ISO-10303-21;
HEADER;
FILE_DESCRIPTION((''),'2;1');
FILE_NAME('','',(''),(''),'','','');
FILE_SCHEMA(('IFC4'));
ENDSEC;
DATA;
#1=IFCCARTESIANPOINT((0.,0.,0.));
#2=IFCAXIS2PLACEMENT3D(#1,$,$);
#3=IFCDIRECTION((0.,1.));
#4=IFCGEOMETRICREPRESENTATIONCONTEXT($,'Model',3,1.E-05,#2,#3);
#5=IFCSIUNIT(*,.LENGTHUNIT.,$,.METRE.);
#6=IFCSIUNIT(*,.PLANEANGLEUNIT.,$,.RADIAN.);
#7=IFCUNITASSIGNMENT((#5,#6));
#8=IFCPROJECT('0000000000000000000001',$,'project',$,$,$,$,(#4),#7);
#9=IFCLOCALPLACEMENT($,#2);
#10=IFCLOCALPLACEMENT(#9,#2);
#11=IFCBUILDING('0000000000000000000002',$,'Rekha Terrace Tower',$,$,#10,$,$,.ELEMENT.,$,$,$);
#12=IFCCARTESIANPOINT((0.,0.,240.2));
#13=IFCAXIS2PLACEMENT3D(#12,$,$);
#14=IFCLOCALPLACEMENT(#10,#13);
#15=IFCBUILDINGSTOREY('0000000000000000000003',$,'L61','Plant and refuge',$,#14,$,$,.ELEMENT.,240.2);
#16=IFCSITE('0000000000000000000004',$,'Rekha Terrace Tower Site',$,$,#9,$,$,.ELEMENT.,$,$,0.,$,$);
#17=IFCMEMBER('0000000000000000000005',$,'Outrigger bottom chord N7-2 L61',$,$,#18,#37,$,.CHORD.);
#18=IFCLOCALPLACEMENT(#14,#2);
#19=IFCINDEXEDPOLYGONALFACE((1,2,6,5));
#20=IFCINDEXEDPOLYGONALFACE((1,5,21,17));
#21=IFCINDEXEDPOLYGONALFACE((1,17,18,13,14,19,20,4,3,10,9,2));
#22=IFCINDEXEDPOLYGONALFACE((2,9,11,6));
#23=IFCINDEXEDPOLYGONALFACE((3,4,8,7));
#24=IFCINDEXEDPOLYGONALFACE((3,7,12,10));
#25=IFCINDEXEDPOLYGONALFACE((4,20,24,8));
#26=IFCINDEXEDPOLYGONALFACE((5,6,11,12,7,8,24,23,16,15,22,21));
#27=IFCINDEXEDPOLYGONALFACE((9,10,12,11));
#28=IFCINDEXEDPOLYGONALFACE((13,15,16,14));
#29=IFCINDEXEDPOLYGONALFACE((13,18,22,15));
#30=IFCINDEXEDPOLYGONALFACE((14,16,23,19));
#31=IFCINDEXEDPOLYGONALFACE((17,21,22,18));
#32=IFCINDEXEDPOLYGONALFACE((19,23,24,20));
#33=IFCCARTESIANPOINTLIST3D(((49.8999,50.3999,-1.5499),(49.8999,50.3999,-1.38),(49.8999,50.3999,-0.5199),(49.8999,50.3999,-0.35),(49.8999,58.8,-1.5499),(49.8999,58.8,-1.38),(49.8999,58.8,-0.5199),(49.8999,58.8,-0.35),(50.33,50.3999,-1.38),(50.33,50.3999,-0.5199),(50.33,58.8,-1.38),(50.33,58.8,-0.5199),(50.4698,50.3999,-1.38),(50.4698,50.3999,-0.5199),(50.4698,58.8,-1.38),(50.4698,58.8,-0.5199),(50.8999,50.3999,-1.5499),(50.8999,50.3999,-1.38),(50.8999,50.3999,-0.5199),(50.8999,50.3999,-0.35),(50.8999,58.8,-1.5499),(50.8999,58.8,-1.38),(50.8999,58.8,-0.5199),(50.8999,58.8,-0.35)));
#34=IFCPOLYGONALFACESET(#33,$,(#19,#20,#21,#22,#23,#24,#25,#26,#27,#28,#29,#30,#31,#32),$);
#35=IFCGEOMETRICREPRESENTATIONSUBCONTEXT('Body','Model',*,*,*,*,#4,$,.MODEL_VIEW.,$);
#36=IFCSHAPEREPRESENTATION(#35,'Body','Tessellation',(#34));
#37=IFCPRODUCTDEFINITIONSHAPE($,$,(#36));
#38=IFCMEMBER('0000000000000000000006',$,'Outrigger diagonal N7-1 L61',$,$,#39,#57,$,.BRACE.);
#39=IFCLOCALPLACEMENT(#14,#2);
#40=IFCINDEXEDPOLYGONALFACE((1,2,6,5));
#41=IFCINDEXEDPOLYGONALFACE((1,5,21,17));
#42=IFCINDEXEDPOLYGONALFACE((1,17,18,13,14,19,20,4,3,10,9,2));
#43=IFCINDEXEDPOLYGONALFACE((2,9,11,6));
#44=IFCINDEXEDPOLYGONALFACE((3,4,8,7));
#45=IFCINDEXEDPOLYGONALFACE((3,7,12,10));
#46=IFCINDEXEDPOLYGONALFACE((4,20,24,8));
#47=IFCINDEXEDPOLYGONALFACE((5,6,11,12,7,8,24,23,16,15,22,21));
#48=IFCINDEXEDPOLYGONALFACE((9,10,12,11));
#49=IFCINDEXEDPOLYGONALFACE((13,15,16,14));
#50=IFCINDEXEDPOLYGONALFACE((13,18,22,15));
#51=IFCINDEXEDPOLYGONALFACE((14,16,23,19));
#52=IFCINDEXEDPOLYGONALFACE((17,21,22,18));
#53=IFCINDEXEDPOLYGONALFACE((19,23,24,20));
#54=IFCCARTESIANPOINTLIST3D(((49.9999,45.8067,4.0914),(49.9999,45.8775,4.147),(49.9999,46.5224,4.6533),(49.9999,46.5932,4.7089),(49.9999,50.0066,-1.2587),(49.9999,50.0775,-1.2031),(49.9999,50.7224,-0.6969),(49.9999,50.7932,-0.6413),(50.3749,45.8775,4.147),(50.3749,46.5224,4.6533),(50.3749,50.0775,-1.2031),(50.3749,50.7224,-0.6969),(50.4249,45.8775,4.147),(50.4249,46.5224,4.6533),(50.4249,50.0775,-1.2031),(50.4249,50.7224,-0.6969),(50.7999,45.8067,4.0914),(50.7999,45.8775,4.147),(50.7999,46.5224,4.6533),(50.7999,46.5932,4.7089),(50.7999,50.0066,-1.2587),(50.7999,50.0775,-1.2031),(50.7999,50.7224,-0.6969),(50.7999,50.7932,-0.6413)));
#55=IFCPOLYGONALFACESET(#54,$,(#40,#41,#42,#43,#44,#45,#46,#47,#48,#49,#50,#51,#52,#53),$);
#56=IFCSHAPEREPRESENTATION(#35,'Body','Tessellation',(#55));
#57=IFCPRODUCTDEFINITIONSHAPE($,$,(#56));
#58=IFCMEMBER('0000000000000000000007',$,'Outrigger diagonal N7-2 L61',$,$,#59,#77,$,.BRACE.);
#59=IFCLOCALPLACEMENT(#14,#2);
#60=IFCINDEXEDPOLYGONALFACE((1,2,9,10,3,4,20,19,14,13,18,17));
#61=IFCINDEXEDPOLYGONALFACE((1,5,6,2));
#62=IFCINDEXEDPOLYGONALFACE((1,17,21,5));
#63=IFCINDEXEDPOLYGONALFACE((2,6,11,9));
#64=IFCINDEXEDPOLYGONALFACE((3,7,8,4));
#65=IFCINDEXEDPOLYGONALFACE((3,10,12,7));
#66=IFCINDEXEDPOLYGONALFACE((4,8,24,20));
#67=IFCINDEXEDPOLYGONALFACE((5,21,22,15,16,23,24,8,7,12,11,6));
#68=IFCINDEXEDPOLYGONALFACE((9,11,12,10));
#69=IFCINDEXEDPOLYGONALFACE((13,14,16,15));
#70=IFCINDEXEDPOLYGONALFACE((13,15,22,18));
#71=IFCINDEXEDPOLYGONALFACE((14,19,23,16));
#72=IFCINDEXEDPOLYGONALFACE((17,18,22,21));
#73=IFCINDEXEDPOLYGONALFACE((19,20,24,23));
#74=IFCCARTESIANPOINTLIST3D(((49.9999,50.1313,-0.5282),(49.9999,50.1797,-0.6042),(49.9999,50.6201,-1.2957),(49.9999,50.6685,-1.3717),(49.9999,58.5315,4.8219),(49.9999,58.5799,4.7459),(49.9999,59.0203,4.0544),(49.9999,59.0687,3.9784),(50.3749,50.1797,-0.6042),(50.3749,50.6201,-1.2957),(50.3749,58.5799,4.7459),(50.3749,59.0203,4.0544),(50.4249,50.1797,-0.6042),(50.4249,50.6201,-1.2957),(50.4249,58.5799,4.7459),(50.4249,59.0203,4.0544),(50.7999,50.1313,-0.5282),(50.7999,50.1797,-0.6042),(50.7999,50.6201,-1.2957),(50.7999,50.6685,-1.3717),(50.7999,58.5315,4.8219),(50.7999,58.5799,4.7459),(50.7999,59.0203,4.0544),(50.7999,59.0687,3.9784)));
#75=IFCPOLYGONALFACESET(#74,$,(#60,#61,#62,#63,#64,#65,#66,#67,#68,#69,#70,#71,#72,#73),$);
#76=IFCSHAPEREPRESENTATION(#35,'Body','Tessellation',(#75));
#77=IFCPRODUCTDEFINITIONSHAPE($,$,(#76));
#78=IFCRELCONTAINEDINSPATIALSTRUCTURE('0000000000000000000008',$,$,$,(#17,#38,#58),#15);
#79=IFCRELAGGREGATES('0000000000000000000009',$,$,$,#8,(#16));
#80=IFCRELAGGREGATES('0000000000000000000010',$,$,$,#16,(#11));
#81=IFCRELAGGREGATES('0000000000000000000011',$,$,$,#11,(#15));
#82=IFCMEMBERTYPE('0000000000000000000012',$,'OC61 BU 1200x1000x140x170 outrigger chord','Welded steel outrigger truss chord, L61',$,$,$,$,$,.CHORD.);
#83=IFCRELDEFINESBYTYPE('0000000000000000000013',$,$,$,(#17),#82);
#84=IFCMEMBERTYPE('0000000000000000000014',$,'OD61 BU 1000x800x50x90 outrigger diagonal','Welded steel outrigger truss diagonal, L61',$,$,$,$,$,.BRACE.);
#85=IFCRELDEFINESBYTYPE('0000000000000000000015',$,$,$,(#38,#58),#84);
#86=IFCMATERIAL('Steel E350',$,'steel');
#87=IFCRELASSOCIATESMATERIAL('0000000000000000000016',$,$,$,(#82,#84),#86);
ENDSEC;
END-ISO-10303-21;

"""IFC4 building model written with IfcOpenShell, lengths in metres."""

from ifc_helpers import new_model, si_unit, direction, frame, origin, origin_2d, place, context, subcontext, project, spatial, i_section, extrude, material, material_profile, profile_set, type_object, element, save


model = new_model("IFC4")

# Units and contexts
model_context = context("Model", 3, precision=1e-05, world=origin(), true_north=direction((0.0, 1.0)))
body_context = subcontext(model_context, "Body", "Model", "MODEL_VIEW")
ifc_project = project(units=[si_unit("LENGTHUNIT", "METRE"), si_unit("PLANEANGLEUNIT", "RADIAN")], contexts=[model_context])

# Site, building, storey
site_placement = place(None, origin())
site = spatial("IfcSite", under=ifc_project, at=site_placement, Name="Rekha Terrace Tower Site", CompositionType="ELEMENT", RefElevation=0.0)
building_placement = place(site_placement, origin())
building = spatial("IfcBuilding", under=site, at=building_placement, Name="Rekha Terrace Tower", CompositionType="ELEMENT")
storey_placement = place(building_placement, frame((0.0, 0.0, 240.2)))
storey = spatial("IfcBuildingStorey", under=building, at=storey_placement, Name="L61", Description="Plant and refuge", CompositionType="ELEMENT", Elevation=240.2)

# Members
ifc_material_1 = material(Name="Steel E350", Category="steel")
ifc_material_profile_1 = material_profile(ifc_material_1, i_section(OverallWidth=1.0, OverallDepth=1.2, WebThickness=0.1399, FlangeThickness=0.1699, at=origin_2d()), Name="BU 1200x1000x140x170")
ifc_profile_set_1 = profile_set([ifc_material_profile_1], Name="Steel E350")
member_type_1 = type_object("IfcMemberType", Name="OC61 BU 1200x1000x140x170 outrigger chord", Description="Welded steel outrigger truss chord, L61", PredefinedType="CHORD", material=ifc_profile_set_1)
for number, where, z_axis, x_axis, name in (
    (1, (50.3999, 50.3999, -0.95), (0.0, 1.0, 0.0), (-1.0, 0.0, 0.0), "Outrigger bottom chord N7-2 L61"),
):
    element("IfcMember", number, at=place(storey_placement, frame(where, z_axis=z_axis, x_axis=x_axis)), inside=storey, type_object=member_type_1, Name=name, PredefinedType="CHORD", context=body_context, shape_type="SweptSolid", body=[
        extrude(i_section(OverallWidth=1.0, OverallDepth=1.2, WebThickness=0.1399, FlangeThickness=0.1699, at=origin_2d()), origin(), (0.0, 0.0, 1.0), 8.4001),
    ])
ifc_material_profile_2 = material_profile(ifc_material_1, i_section(OverallWidth=0.8, OverallDepth=1.0, WebThickness=0.05, FlangeThickness=0.0901, at=origin_2d()), Name="BU 1000x800x50x90")
ifc_profile_set_2 = profile_set([ifc_material_profile_2], Name="Steel E350")
member_type_2 = type_object("IfcMemberType", Name="OD61 BU 1000x800x50x90 outrigger diagonal", Description="Welded steel outrigger truss diagonal, L61", PredefinedType="BRACE", material=ifc_profile_set_2)
member_1_placement = place(storey_placement, frame((50.3999, 46.2, 4.4001), z_axis=(0.0, 0.617485, -0.786582), x_axis=(-1.0, 0.0, 0.0)))
element("IfcMember", 2, at=member_1_placement, inside=storey, type_object=member_type_2, Name="Outrigger diagonal N7-1 L61", PredefinedType="BRACE", context=body_context, shape_type="SweptSolid", body=[
    extrude(i_section(OverallWidth=0.8, OverallDepth=1.0, WebThickness=0.05, FlangeThickness=0.0901, at=origin_2d()), origin(), (0.0, 0.0, 1.0), 6.8018),
])
member_2_placement = place(storey_placement, frame((50.3999, 50.3999, -0.95), z_axis=(0.0, 0.843454, 0.537201), x_axis=(-1.0, 0.0, 0.0)))
element("IfcMember", 3, at=member_2_placement, inside=storey, type_object=member_type_2, Name="Outrigger diagonal N7-2 L61", PredefinedType="BRACE", context=body_context, shape_type="SweptSolid", body=[
    extrude(i_section(OverallWidth=0.8, OverallDepth=1.0, WebThickness=0.05, FlangeThickness=0.0901, at=origin_2d()), origin(), (0.0, 0.0, 1.0), 9.9592),
])

save(model, "model.ifc")
